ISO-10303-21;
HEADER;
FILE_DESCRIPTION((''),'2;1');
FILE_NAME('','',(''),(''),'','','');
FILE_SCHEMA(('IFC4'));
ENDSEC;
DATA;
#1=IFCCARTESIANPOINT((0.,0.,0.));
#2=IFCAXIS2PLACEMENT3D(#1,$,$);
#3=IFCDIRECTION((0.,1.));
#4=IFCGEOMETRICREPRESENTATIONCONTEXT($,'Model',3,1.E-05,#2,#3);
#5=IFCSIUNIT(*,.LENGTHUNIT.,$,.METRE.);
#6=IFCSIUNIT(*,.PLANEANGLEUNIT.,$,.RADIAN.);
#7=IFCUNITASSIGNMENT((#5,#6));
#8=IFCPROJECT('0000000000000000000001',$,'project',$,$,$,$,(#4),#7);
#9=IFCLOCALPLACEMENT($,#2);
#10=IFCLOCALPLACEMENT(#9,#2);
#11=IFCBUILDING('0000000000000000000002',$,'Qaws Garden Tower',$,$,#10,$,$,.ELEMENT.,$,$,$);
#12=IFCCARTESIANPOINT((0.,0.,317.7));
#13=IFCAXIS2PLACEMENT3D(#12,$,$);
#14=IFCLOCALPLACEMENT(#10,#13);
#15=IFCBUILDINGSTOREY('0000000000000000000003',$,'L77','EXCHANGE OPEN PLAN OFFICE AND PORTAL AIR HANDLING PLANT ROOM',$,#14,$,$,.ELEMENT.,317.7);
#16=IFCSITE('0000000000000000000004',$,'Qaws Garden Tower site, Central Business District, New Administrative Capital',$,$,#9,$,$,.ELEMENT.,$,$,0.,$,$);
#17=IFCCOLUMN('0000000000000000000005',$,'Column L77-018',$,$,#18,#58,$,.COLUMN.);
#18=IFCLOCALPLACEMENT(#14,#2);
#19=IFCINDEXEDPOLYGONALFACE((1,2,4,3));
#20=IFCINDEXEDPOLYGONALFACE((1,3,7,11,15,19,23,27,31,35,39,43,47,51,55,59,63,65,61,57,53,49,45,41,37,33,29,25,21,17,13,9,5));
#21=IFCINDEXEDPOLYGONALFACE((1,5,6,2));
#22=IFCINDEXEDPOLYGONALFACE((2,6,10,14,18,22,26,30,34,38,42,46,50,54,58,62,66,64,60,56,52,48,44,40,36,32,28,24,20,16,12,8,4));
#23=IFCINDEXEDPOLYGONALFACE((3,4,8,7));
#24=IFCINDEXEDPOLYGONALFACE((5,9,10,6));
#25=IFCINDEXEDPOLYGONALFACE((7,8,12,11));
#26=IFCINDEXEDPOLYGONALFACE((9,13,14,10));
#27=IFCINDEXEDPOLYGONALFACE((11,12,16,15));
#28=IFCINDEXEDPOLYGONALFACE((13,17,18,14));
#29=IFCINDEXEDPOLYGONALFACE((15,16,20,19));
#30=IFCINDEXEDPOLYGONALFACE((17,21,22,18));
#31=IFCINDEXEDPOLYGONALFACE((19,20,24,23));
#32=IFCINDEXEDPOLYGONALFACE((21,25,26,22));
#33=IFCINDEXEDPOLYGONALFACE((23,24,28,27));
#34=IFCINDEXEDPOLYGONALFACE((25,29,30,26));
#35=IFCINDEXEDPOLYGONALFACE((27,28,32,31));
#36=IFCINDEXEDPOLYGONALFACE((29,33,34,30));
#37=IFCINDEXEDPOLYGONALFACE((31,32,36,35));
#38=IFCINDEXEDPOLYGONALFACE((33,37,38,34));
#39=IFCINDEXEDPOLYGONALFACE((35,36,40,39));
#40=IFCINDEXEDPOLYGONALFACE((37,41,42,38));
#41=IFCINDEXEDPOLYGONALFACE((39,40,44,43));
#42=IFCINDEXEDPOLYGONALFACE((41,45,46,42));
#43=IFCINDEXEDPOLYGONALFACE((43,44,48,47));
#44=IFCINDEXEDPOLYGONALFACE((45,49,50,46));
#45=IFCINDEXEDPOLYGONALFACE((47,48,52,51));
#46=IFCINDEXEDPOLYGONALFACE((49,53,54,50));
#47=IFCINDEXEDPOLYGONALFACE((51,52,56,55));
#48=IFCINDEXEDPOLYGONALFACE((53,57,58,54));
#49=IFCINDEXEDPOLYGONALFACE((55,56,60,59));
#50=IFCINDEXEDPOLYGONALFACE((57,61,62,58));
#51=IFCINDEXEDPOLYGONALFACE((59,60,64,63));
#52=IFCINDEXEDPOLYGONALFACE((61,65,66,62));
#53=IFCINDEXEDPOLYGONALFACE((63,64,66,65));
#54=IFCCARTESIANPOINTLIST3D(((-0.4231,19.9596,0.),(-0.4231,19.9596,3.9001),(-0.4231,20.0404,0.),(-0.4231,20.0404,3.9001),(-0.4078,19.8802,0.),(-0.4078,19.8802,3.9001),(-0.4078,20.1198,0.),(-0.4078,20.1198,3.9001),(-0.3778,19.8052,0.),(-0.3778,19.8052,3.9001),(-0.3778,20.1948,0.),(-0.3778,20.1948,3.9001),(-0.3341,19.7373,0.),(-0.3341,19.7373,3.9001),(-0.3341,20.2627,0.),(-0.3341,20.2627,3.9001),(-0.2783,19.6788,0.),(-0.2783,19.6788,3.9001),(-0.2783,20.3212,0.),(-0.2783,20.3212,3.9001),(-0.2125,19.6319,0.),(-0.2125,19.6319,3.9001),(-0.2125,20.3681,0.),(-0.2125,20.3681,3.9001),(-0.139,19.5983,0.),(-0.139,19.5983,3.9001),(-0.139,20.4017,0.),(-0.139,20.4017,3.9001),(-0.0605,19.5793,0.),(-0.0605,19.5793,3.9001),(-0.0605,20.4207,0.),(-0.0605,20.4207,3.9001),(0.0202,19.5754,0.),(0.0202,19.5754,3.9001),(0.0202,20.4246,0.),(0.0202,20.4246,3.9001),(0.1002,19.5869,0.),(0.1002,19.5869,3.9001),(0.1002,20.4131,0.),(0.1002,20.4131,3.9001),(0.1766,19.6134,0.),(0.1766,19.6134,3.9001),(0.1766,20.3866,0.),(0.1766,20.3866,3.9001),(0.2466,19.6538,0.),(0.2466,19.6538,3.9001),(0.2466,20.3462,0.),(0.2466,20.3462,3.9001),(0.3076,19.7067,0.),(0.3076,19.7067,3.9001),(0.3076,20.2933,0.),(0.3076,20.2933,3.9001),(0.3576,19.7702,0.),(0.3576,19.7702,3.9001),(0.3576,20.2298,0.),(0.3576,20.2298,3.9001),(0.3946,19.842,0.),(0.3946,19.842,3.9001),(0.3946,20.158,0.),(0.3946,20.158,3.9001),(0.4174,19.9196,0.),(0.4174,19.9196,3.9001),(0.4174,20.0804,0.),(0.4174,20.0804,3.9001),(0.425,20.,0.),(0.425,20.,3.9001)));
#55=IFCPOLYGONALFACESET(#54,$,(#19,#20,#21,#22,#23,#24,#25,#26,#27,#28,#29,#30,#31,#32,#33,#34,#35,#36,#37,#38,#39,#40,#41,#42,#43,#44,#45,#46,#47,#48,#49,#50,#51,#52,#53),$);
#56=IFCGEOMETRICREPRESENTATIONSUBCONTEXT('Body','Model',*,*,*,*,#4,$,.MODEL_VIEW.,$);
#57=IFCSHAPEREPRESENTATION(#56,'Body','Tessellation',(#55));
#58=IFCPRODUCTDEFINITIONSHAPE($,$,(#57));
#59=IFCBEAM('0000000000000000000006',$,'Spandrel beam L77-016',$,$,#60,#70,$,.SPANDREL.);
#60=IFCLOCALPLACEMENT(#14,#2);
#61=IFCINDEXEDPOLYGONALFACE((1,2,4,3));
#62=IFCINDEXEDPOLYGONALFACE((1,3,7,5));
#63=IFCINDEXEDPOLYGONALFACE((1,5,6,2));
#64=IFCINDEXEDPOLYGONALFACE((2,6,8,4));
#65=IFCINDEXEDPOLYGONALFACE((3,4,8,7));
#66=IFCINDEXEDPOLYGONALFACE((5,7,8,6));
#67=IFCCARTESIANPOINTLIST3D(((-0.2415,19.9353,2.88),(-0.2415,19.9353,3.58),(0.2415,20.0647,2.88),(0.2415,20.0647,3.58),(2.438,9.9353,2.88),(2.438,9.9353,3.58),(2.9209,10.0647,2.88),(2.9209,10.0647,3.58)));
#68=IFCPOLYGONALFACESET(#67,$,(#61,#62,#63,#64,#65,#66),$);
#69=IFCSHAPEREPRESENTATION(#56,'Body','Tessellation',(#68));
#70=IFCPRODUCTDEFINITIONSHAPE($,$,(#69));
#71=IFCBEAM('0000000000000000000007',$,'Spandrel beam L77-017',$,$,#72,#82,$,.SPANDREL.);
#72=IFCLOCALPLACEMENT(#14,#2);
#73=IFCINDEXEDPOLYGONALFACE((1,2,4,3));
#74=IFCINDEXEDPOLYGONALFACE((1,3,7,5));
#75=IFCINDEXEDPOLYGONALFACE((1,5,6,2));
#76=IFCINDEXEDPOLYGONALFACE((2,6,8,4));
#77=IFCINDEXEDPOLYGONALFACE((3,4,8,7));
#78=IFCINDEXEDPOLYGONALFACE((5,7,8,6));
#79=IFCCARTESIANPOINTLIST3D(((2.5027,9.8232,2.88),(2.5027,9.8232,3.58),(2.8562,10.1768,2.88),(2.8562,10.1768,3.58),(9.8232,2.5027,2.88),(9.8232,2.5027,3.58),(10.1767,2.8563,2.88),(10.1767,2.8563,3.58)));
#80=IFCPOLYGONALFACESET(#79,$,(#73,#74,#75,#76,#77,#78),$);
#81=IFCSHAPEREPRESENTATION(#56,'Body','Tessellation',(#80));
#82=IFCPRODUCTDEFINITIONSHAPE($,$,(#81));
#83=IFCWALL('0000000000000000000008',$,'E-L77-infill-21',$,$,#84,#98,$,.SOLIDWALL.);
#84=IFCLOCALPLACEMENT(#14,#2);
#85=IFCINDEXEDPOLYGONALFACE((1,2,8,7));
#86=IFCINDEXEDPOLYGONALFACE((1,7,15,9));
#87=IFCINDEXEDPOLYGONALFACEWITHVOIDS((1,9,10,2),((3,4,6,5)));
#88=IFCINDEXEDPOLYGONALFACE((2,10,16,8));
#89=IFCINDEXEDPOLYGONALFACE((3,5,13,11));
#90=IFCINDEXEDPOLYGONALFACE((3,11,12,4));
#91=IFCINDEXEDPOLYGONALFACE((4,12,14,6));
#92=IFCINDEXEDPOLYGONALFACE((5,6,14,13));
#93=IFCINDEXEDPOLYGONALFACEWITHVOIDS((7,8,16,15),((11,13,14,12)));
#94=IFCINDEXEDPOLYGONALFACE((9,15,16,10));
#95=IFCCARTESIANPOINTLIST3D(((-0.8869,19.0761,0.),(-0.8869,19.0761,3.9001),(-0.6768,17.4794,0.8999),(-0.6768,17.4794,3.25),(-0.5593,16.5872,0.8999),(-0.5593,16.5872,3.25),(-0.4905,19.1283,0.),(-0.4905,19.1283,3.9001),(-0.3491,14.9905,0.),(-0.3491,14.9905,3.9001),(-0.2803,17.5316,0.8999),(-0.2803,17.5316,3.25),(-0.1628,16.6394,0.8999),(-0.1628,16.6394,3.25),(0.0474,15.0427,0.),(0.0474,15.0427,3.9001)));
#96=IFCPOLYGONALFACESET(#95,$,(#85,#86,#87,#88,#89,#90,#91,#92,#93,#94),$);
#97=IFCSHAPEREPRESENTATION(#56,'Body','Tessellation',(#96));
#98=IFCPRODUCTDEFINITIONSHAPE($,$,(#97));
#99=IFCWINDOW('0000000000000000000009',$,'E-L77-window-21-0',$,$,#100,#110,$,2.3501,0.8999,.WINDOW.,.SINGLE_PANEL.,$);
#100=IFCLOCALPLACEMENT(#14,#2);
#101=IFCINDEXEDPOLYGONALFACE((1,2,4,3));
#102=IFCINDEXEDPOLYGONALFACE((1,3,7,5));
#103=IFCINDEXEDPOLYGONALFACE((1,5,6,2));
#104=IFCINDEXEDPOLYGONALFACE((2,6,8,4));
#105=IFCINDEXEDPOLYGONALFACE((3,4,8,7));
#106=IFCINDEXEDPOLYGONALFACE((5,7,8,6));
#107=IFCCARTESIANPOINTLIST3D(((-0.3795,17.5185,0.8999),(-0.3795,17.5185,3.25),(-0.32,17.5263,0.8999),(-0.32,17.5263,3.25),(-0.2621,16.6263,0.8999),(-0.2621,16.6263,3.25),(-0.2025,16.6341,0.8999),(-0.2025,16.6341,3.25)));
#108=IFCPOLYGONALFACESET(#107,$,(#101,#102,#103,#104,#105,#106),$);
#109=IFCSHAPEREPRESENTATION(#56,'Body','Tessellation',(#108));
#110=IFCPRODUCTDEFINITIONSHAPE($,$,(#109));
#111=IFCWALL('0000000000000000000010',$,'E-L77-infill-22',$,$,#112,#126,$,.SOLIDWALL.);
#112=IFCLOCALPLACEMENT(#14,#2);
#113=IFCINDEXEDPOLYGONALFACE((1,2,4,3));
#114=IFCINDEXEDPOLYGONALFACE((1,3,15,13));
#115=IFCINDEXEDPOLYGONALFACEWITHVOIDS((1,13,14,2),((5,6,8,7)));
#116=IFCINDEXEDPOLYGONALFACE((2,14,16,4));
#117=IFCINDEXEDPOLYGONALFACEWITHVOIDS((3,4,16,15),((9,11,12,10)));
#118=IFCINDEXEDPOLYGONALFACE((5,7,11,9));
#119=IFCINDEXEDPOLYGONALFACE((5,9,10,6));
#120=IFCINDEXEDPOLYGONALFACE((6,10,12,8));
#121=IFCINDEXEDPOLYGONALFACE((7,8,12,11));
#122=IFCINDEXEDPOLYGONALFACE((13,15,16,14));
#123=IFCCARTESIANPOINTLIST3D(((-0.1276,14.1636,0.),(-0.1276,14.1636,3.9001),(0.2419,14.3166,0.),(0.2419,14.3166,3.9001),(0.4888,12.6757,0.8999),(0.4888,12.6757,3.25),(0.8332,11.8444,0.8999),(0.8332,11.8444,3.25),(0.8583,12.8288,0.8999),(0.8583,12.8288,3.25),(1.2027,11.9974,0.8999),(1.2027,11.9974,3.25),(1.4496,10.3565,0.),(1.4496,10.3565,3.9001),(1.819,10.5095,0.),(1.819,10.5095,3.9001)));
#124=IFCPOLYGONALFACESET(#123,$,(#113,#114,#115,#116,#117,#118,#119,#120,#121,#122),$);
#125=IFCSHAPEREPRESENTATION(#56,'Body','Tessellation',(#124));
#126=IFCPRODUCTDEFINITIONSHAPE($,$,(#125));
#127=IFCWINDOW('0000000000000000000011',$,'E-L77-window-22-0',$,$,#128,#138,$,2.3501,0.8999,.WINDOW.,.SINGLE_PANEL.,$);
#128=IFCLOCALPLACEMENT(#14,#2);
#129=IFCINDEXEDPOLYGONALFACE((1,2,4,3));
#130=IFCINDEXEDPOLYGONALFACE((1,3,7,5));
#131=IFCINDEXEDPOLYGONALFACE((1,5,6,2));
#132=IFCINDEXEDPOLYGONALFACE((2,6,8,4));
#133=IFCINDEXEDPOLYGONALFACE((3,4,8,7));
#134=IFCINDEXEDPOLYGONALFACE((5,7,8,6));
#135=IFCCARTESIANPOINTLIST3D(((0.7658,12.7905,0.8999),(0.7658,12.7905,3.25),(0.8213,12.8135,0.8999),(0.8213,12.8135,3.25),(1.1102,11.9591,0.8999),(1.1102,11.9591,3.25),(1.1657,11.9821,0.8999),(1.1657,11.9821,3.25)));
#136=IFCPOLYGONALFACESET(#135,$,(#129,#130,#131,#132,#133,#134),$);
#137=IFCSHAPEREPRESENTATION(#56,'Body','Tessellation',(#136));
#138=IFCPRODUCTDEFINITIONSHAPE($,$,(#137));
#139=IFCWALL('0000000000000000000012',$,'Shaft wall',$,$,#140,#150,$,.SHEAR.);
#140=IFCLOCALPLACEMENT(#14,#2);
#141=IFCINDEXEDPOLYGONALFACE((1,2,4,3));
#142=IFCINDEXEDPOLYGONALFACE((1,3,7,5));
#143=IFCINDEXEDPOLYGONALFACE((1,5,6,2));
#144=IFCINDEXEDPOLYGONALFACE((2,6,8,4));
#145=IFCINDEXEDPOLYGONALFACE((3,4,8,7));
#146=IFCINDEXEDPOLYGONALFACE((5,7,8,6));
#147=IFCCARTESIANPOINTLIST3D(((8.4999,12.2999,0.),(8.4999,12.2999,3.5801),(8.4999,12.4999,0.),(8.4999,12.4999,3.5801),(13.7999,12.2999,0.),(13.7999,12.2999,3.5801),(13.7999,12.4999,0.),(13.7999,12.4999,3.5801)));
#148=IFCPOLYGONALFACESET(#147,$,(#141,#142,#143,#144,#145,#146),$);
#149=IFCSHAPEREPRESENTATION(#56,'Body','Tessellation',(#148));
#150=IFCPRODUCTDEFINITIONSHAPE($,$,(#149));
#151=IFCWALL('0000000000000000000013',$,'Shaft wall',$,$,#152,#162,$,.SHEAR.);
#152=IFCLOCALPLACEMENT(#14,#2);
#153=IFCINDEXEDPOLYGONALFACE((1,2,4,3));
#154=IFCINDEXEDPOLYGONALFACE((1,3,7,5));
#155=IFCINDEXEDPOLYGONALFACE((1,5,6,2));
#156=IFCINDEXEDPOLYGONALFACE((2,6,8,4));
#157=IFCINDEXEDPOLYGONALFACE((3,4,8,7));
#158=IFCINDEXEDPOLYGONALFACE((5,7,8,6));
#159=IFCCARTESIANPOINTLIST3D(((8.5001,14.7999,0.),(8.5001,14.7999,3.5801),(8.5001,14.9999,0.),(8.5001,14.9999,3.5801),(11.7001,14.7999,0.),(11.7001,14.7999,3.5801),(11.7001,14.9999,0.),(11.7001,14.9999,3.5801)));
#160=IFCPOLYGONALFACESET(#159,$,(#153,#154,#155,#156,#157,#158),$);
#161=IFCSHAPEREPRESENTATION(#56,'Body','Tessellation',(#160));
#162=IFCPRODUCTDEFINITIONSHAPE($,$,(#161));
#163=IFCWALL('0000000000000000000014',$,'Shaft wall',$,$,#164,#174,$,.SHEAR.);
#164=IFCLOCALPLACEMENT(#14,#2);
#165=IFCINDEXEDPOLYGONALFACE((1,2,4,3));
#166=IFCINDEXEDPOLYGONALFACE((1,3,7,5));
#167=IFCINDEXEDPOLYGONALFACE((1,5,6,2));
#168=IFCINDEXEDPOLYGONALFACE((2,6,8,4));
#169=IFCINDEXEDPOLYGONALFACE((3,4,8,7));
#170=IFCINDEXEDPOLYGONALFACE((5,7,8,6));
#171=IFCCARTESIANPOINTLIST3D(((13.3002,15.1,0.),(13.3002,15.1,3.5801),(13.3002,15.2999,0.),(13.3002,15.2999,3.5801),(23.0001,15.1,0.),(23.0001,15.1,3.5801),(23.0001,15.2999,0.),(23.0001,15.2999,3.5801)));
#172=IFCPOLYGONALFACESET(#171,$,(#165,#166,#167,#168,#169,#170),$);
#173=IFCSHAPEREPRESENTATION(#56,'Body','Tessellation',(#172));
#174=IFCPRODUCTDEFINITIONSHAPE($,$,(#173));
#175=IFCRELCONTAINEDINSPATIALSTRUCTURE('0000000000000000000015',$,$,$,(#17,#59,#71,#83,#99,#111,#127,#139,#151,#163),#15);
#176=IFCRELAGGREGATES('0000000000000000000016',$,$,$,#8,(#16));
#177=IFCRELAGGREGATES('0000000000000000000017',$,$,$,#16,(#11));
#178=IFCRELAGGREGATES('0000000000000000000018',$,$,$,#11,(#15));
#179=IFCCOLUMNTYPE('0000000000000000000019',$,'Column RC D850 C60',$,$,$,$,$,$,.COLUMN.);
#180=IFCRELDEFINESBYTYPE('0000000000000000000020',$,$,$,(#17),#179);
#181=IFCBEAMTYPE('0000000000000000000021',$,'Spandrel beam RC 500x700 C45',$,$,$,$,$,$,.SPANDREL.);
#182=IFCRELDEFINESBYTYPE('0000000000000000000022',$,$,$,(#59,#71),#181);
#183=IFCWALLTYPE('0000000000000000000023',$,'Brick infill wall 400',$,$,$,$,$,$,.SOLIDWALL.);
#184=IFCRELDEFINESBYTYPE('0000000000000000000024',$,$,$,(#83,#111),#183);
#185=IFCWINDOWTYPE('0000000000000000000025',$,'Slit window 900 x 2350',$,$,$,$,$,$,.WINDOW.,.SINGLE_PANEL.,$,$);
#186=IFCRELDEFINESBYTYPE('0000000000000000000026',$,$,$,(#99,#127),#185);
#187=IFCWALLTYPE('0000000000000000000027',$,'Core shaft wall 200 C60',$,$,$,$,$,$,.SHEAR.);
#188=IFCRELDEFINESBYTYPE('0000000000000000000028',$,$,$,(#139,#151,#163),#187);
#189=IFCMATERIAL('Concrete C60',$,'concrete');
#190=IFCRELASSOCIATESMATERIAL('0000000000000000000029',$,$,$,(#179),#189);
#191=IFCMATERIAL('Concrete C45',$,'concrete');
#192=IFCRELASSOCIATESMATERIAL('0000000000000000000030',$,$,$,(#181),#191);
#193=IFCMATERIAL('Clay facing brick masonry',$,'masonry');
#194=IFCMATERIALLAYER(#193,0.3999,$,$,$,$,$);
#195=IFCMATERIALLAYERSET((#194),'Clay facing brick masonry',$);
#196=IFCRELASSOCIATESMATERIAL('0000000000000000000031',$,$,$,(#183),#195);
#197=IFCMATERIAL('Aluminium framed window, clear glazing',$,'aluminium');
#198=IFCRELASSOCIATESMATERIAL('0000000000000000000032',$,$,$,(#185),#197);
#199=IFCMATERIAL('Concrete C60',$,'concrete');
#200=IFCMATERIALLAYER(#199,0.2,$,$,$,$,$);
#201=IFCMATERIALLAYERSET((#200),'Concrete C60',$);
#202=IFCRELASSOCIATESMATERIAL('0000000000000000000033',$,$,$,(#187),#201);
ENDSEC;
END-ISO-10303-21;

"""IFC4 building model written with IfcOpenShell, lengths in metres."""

from ifc_helpers import new_model, si_unit, direction, frame, frame_2d, origin, origin_2d, place, context, subcontext, project, spatial, rectangle, circle, extrude, material, layer, layer_set, material_profile, profile_set, type_object, element, fill, save


model = new_model("IFC4")

# Units and contexts
model_context = context("Model", 3, precision=1e-05, world=origin(), true_north=direction((0.0, 1.0)))
body_context = subcontext(model_context, "Body", "Model", "MODEL_VIEW")
ifc_project = project(units=[si_unit("LENGTHUNIT", "METRE"), si_unit("PLANEANGLEUNIT", "RADIAN")], contexts=[model_context])

# Site, building, storey
site_placement = place(None, origin())
site = spatial("IfcSite", under=ifc_project, at=site_placement, Name="Qaws Garden Tower site, Central Business District, New Administrative Capital", CompositionType="ELEMENT", RefElevation=0.0)
building_placement = place(site_placement, origin())
building = spatial("IfcBuilding", under=site, at=building_placement, Name="Qaws Garden Tower", CompositionType="ELEMENT")
storey_placement = place(building_placement, frame((0.0, 0.0, 317.7)))
storey = spatial("IfcBuildingStorey", under=building, at=storey_placement, Name="L77", Description="EXCHANGE OPEN PLAN OFFICE AND PORTAL AIR HANDLING PLANT ROOM", CompositionType="ELEMENT", Elevation=317.7)

# Column
ifc_material_1 = material(Name="Concrete C60", Category="concrete")
ifc_material_profile_1 = material_profile(ifc_material_1, circle(Radius=0.425, at=origin_2d()), Name="RC D850")
ifc_profile_set_1 = profile_set([ifc_material_profile_1], Name="Concrete C60")
column_type = type_object("IfcColumnType", Name="Column RC D850 C60", PredefinedType="COLUMN", material=ifc_profile_set_1)
column_placement = place(storey_placement, frame((0.0, 20.0, 0.0), z_axis=(0.0, 0.0, 1.0), x_axis=(1.0, 0.0, 0.0)))
element("IfcColumn", 1, at=column_placement, inside=storey, type_object=column_type, Name="Column L77-018", PredefinedType="COLUMN", context=body_context, shape_type="SweptSolid", body=[
    extrude(circle(Radius=0.425, at=origin_2d()), origin(), (0.0, 0.0, 1.0), 3.9001),
])

# Beams
ifc_material_2 = material(Name="Concrete C45", Category="concrete")
ifc_material_profile_2 = material_profile(ifc_material_2, rectangle(XDim=0.5, YDim=0.7, at=origin_2d()), Name="RC 500x700")
ifc_profile_set_2 = profile_set([ifc_material_profile_2], Name="Concrete C45")
beam_type = type_object("IfcBeamType", Name="Spandrel beam RC 500x700 C45", PredefinedType="SPANDREL", material=ifc_profile_set_2)
for number, where, z_axis, x_axis, name in (
    (2, (0.0, 20.0, 3.23), (0.258815, -0.965927, 0.0), (0.965927, 0.258815, 0.0), "Spandrel beam L77-016"),
    (3, (2.6794, 10.0, 3.23), (0.707107, -0.707107, 0.0), (0.707107, 0.707107, 0.0), "Spandrel beam L77-017"),
):
    element("IfcBeam", number, at=place(storey_placement, frame(where, z_axis=z_axis, x_axis=x_axis)), inside=storey, type_object=beam_type, Name=name, PredefinedType="SPANDREL", context=body_context, shape_type="SweptSolid", body=[
        extrude(rectangle(XDim=0.5, YDim=0.7, at=origin_2d()), origin(), (0.0, 0.0, 1.0), 10.3528),
    ])

# Walls, openings, windows
ifc_material_3 = material(Name="Clay facing brick masonry", Category="masonry")
ifc_layer_1 = layer(ifc_material_3, 0.3999)
ifc_layer_set_1 = layer_set([ifc_layer_1], Name="Clay facing brick masonry")
wall_type_1 = type_object("IfcWallType", Name="Brick infill wall 400", PredefinedType="SOLIDWALL", material=ifc_layer_set_1)
wall_1_placement = place(storey_placement, frame((-0.6887, 19.1023, 0.0), z_axis=(0.0, 0.0, 1.0), x_axis=(0.130514, -0.991446, 0.0)))
wall_1 = element("IfcWall", 4, at=wall_1_placement, inside=storey, type_object=wall_type_1, Name="E-L77-infill-21", PredefinedType="SOLIDWALL", context=body_context, shape_type="SweptSolid", body=[
    extrude(rectangle(XDim=4.1208, YDim=0.3999, at=frame_2d((2.0605, 0.0))), origin(), (0.0, 0.0, 1.0), 3.9001),
])
opening_1_placement = place(wall_1_placement, frame((1.6106, 0.0, 0.8999)))
opening_1 = element("IfcOpeningElement", 5, at=opening_1_placement, cuts=wall_1, PredefinedType="OPENING", context=body_context, shape_type="SweptSolid", body=[
    extrude(rectangle(XDim=0.8999, YDim=2.3501, at=frame_2d((0.45, 1.175))), frame((0.0, 0.21, 0.0), z_axis=(0.0, -1.0, 0.0), x_axis=(1.0, 0.0, 0.0)), (0.0, 0.0, 1.0), 0.4199),
])
ifc_material_4 = material(Name="Aluminium framed window, clear glazing", Category="aluminium")
window_type = type_object("IfcWindowType", Name="Slit window 900 x 2350", PartitioningType="SINGLE_PANEL", PredefinedType="WINDOW", material=ifc_material_4)
window_1_placement = place(opening_1_placement, origin())
window_1 = element("IfcWindow", 6, at=window_1_placement, inside=storey, type_object=window_type, Name="E-L77-window-21-0", OverallHeight=2.3501, OverallWidth=0.8999, PartitioningType="SINGLE_PANEL", PredefinedType="WINDOW", context=body_context, shape_type="SweptSolid", body=[
    extrude(rectangle(XDim=0.8999, YDim=2.3501, at=frame_2d((0.45, 1.175))), frame((0.0, 0.1599, 0.0), z_axis=(0.0, -1.0, 0.0), x_axis=(1.0, 0.0, 0.0)), (0.0, 0.0, 1.0), 0.0601),
])
fill(opening_1, window_1)
wall_2_placement = place(storey_placement, frame((0.0571, 14.2402, 0.0), z_axis=(0.0, 0.0, 1.0), x_axis=(0.382722, -0.923864, 0.0)))
wall_2 = element("IfcWall", 7, at=wall_2_placement, inside=storey, type_object=wall_type_1, Name="E-L77-infill-22", PredefinedType="SOLIDWALL", context=body_context, shape_type="SweptSolid", body=[
    extrude(rectangle(XDim=4.1208, YDim=0.3999, at=frame_2d((2.0605, 0.0))), origin(), (0.0, 0.0, 1.0), 3.9001),
])
opening_2_placement = place(wall_2_placement, frame((1.6106, 0.0, 0.8999)))
opening_2 = element("IfcOpeningElement", 8, at=opening_2_placement, cuts=wall_2, PredefinedType="OPENING", context=body_context, shape_type="SweptSolid", body=[
    extrude(rectangle(XDim=0.8999, YDim=2.3501, at=frame_2d((0.45, 1.175))), frame((0.0, 0.21, 0.0), z_axis=(0.0, -1.0, 0.0), x_axis=(1.0, 0.0, 0.0)), (0.0, 0.0, 1.0), 0.4199),
])
window_2_placement = place(opening_2_placement, origin())
window_2 = element("IfcWindow", 9, at=window_2_placement, inside=storey, type_object=window_type, Name="E-L77-window-22-0", OverallHeight=2.3501, OverallWidth=0.8999, PartitioningType="SINGLE_PANEL", PredefinedType="WINDOW", context=body_context, shape_type="SweptSolid", body=[
    extrude(rectangle(XDim=0.8999, YDim=2.3501, at=frame_2d((0.45, 1.175))), frame((0.0, 0.1599, 0.0), z_axis=(0.0, -1.0, 0.0), x_axis=(1.0, 0.0, 0.0)), (0.0, 0.0, 1.0), 0.0601),
])
fill(opening_2, window_2)

# Walls
ifc_material_5 = material(Name="Concrete C60", Category="concrete")
ifc_layer_2 = layer(ifc_material_5, 0.2)
ifc_layer_set_2 = layer_set([ifc_layer_2], Name="Concrete C60")
wall_type_2 = type_object("IfcWallType", Name="Core shaft wall 200 C60", PredefinedType="SHEAR", material=ifc_layer_set_2)
wall_3_placement = place(storey_placement, frame((8.5, 12.3999, 0.0), z_axis=(0.0, 0.0, 1.0), x_axis=(1.0, 0.0, 0.0)))
element("IfcWall", 10, at=wall_3_placement, inside=storey, type_object=wall_type_2, Name="Shaft wall", PredefinedType="SHEAR", context=body_context, shape_type="SweptSolid", body=[
    extrude(rectangle(XDim=5.3, YDim=0.2, at=frame_2d((2.6499, 0.0))), origin(), (0.0, 0.0, 1.0), 3.5801),
])
wall_4_placement = place(storey_placement, frame((8.5, 14.8999, 0.0), z_axis=(0.0, 0.0, 1.0), x_axis=(1.0, 0.0, 0.0)))
element("IfcWall", 11, at=wall_4_placement, inside=storey, type_object=wall_type_2, Name="Shaft wall", PredefinedType="SHEAR", context=body_context, shape_type="SweptSolid", body=[
    extrude(rectangle(XDim=3.2, YDim=0.2, at=frame_2d((1.6001, 0.0))), origin(), (0.0, 0.0, 1.0), 3.5801),
])
wall_5_placement = place(storey_placement, frame((13.3, 15.2, 0.0), z_axis=(0.0, 0.0, 1.0), x_axis=(1.0, 0.0, 0.0)))
element("IfcWall", 12, at=wall_5_placement, inside=storey, type_object=wall_type_2, Name="Shaft wall", PredefinedType="SHEAR", context=body_context, shape_type="SweptSolid", body=[
    extrude(rectangle(XDim=9.7, YDim=0.2, at=frame_2d((4.8501, 0.0))), origin(), (0.0, 0.0, 1.0), 3.5801),
])

save(model, "model.ifc")
